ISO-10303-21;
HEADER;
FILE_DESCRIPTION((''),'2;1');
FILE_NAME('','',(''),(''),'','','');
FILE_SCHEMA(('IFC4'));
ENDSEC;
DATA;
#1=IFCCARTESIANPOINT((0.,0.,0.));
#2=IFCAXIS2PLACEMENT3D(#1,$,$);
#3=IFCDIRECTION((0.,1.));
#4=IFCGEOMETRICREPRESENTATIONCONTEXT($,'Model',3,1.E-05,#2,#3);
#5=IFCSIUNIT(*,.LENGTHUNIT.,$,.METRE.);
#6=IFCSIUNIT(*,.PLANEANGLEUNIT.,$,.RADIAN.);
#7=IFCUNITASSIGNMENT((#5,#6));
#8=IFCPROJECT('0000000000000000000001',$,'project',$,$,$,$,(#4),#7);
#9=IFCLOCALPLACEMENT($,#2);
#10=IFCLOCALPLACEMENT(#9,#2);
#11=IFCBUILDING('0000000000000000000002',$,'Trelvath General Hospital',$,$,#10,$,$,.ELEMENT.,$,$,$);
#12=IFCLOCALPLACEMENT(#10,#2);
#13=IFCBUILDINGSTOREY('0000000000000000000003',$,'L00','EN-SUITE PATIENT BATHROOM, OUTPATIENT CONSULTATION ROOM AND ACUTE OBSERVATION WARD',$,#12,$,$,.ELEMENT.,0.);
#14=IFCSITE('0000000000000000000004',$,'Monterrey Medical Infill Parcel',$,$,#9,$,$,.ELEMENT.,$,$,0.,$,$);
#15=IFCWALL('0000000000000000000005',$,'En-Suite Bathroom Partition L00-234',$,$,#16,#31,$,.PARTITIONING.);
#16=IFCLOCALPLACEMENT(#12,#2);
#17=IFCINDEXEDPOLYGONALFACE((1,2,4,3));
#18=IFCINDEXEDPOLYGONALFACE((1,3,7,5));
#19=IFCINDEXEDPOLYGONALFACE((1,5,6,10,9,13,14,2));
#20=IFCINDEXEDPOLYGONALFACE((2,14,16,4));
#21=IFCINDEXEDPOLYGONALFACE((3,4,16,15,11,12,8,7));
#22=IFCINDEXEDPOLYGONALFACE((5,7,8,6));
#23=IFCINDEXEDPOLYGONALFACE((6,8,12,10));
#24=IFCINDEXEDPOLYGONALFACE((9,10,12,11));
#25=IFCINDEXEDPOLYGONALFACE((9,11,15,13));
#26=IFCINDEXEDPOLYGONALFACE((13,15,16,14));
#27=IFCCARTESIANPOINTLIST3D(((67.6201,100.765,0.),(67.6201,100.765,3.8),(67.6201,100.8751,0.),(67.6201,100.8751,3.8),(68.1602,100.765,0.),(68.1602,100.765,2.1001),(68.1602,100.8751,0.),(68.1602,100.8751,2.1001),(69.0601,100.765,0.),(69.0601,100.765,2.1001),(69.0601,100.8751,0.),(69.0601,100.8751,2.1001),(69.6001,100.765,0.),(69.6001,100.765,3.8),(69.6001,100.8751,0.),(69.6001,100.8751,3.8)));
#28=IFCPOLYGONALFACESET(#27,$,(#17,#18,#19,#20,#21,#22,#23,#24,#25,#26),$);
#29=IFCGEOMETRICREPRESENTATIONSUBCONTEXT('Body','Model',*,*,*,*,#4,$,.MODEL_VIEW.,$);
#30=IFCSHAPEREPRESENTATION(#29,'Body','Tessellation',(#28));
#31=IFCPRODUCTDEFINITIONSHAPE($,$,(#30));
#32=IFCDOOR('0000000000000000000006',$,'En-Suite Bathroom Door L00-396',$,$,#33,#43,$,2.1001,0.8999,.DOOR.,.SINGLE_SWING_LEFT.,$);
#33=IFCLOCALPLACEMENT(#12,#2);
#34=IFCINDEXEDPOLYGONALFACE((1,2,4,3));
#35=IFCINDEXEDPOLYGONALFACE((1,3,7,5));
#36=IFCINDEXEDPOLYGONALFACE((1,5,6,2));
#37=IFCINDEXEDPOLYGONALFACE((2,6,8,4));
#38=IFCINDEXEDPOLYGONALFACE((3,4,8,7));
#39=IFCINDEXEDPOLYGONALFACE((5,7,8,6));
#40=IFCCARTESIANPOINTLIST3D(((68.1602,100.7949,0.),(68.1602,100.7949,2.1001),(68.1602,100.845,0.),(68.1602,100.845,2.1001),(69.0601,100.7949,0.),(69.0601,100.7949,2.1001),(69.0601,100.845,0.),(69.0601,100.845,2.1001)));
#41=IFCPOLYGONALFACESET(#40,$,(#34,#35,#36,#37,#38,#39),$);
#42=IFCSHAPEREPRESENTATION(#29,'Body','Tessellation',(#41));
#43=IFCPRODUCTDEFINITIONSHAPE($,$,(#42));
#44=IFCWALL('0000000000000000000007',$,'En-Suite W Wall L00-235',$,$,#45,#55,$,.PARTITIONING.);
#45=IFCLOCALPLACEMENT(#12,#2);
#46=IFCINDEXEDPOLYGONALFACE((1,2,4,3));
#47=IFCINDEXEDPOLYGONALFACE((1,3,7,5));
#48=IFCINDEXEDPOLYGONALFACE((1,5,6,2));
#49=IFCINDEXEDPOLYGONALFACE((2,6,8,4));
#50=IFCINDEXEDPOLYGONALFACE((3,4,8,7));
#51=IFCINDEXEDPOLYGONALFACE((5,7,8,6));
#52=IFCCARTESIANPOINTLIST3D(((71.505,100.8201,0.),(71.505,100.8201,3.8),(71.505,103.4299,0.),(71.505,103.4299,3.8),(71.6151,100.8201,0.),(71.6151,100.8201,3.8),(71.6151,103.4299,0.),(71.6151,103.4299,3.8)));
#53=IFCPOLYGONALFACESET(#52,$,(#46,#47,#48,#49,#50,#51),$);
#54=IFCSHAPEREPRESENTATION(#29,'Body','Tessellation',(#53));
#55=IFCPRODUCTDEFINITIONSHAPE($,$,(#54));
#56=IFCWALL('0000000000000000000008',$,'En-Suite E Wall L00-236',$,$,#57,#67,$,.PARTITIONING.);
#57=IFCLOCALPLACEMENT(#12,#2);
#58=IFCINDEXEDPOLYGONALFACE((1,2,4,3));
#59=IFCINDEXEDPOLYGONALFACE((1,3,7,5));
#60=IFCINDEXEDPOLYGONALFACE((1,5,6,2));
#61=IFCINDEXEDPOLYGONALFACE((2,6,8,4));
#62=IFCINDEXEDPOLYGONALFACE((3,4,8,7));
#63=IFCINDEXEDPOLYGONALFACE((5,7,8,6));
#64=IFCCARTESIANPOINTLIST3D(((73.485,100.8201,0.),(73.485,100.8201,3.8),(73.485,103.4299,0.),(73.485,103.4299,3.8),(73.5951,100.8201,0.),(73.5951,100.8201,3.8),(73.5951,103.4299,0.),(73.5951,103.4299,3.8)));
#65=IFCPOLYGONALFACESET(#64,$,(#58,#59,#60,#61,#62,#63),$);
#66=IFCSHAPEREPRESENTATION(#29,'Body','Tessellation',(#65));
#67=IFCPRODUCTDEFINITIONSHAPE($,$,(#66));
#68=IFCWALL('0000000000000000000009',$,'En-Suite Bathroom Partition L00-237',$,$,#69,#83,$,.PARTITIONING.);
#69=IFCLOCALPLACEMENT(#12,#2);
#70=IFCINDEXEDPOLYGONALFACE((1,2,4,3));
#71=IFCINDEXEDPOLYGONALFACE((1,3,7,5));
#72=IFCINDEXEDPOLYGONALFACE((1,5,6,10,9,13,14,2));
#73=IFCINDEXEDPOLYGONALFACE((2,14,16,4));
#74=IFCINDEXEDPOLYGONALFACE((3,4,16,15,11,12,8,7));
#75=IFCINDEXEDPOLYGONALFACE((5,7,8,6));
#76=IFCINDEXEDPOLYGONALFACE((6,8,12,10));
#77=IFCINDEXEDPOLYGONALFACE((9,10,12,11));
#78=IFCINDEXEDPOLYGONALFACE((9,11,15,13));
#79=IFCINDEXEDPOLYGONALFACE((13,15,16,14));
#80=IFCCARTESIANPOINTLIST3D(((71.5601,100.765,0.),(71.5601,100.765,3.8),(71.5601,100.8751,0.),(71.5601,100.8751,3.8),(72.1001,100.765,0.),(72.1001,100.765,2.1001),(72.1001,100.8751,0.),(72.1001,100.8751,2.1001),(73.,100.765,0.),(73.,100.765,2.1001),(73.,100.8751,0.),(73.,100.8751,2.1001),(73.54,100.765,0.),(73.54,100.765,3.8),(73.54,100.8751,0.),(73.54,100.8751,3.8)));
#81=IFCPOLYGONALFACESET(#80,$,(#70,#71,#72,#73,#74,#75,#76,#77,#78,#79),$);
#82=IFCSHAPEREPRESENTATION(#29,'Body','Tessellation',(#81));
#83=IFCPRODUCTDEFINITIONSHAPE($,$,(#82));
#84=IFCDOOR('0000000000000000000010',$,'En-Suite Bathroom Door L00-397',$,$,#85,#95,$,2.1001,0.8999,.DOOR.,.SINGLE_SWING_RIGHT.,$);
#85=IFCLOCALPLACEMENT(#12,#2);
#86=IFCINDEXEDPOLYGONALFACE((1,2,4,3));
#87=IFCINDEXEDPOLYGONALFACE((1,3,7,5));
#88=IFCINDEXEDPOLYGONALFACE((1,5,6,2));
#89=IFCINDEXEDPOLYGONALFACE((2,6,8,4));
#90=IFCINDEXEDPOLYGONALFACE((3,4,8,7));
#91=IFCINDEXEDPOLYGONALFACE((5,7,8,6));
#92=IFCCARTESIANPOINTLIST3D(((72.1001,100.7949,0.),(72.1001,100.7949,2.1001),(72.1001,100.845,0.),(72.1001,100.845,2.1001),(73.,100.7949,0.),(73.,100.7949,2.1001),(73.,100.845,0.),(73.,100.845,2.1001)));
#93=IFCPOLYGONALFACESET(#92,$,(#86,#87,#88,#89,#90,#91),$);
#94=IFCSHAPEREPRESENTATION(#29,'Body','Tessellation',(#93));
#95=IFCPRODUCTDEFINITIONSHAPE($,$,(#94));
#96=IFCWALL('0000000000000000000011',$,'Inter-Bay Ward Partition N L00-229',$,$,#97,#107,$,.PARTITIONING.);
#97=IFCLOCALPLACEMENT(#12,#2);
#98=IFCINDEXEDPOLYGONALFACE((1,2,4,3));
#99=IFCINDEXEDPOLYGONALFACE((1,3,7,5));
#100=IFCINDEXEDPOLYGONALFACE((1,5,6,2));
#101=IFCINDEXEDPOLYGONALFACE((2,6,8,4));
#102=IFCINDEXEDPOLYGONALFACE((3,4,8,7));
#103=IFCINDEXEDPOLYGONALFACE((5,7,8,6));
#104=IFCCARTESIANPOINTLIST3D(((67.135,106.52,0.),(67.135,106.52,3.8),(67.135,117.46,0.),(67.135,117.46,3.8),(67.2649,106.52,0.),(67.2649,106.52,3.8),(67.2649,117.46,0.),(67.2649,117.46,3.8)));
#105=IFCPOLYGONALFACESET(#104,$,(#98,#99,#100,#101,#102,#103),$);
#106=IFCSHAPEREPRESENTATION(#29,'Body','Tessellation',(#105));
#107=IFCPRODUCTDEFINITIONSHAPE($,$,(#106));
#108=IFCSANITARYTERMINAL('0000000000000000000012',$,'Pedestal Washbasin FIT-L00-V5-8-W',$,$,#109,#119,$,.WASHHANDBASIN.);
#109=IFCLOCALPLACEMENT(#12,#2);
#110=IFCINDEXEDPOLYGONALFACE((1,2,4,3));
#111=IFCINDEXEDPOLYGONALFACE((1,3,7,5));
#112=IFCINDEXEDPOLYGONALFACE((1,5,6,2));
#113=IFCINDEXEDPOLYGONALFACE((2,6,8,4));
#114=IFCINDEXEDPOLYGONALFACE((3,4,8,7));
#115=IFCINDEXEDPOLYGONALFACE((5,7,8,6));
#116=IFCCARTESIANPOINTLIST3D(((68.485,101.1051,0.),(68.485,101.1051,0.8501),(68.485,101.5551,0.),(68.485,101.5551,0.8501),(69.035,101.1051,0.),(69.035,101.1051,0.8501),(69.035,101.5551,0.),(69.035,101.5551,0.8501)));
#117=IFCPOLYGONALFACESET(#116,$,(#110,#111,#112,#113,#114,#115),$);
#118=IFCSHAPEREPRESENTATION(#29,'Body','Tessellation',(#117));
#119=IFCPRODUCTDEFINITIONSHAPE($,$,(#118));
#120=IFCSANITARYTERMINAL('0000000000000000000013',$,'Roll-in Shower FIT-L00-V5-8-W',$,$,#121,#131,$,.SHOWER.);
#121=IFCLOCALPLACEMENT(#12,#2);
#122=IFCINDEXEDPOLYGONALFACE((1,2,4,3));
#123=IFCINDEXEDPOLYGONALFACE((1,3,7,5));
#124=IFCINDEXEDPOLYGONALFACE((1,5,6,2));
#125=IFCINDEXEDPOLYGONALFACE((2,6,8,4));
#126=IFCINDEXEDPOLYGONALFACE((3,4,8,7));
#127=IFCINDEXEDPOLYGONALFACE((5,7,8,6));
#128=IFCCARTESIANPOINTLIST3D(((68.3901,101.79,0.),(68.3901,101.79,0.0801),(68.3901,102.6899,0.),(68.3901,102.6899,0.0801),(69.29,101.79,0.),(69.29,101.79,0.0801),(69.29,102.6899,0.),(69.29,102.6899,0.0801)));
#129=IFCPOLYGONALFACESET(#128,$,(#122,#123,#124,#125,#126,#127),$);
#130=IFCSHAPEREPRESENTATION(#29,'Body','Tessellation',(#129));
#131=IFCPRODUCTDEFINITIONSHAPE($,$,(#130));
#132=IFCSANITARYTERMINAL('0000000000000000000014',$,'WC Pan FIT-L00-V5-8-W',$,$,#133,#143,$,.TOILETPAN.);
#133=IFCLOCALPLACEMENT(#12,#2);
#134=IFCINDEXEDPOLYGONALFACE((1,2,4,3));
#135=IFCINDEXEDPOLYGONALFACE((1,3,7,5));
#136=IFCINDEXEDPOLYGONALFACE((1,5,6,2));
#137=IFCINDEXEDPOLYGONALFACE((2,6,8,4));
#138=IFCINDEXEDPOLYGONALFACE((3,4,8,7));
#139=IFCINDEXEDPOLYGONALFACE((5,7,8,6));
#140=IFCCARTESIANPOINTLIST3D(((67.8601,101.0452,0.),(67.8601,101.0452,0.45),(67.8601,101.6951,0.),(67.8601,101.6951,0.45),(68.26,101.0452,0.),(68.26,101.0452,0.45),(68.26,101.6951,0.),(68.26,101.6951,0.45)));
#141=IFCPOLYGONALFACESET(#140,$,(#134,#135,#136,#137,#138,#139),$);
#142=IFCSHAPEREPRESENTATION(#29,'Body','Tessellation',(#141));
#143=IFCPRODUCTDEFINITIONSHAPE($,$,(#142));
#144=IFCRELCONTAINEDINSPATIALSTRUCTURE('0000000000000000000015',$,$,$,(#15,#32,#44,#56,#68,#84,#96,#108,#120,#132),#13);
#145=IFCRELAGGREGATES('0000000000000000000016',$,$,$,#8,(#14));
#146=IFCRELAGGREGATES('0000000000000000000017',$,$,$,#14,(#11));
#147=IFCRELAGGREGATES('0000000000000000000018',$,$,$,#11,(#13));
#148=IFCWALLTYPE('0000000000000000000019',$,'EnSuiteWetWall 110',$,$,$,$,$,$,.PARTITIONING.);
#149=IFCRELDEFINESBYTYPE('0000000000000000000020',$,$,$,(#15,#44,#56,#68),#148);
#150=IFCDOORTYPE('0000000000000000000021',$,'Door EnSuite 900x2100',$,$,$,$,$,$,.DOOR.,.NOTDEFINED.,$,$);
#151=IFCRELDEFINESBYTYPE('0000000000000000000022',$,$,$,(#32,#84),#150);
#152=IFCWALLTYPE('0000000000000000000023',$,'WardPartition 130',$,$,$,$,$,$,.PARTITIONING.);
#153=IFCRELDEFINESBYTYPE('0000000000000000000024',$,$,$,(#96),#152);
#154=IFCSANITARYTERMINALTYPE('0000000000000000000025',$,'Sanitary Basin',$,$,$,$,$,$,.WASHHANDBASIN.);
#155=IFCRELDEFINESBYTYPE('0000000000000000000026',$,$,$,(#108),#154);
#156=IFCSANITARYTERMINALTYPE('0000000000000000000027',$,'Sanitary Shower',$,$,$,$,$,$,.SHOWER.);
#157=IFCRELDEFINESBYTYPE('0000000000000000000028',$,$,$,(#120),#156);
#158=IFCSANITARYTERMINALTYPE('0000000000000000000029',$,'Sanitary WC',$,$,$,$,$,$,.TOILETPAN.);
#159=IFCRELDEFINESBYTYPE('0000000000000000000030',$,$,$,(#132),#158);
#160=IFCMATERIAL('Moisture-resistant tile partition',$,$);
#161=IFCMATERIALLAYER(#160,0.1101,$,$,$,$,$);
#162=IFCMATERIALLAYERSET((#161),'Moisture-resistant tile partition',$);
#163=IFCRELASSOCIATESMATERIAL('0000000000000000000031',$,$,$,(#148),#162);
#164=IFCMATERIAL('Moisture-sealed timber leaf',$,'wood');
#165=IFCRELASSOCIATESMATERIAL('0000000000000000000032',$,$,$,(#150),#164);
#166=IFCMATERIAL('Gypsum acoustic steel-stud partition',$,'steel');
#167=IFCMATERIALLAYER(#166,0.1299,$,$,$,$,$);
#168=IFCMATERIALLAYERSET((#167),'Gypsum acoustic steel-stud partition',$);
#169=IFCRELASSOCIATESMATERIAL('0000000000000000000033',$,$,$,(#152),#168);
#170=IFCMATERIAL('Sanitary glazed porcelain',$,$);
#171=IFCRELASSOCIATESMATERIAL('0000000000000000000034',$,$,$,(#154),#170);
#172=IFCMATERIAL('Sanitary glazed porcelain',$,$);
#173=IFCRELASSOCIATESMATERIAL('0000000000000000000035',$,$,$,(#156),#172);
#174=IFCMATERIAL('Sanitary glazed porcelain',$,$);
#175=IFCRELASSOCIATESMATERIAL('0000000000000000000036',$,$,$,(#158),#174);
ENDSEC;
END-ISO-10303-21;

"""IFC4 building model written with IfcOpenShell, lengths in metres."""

from ifc_helpers import new_model, si_unit, direction, frame, frame_2d, origin, origin_2d, place, context, subcontext, project, spatial, rectangle, extrude, material, layer, layer_set, type_object, element, fill, save


model = new_model("IFC4")

# Units and contexts
model_context = context("Model", 3, precision=1e-05, world=origin(), true_north=direction((0.0, 1.0)))
body_context = subcontext(model_context, "Body", "Model", "MODEL_VIEW")
ifc_project = project(units=[si_unit("LENGTHUNIT", "METRE"), si_unit("PLANEANGLEUNIT", "RADIAN")], contexts=[model_context])

# Site, building, storey
site_placement = place(None, origin())
site = spatial("IfcSite", under=ifc_project, at=site_placement, Name="Monterrey Medical Infill Parcel", CompositionType="ELEMENT", RefElevation=0.0)
building_placement = place(site_placement, origin())
building = spatial("IfcBuilding", under=site, at=building_placement, Name="Trelvath General Hospital", CompositionType="ELEMENT")
storey_placement = place(building_placement, origin())
storey = spatial("IfcBuildingStorey", under=building, at=storey_placement, Name="L00", Description="EN-SUITE PATIENT BATHROOM, OUTPATIENT CONSULTATION ROOM AND ACUTE OBSERVATION WARD", CompositionType="ELEMENT", Elevation=0.0)

# Shared definitions
ifc_material_1 = material(Name="Moisture-resistant tile partition")
ifc_layer_1 = layer(ifc_material_1, 0.1101)
ifc_layer_set_1 = layer_set([ifc_layer_1], Name="Moisture-resistant tile partition")
wall_type_1 = type_object("IfcWallType", Name="EnSuiteWetWall 110", PredefinedType="PARTITIONING", material=ifc_layer_set_1)

# Wall, opening, door
wall_1_placement = place(storey_placement, frame((67.6201, 100.8201, 0.0), z_axis=(0.0, 0.0, 1.0), x_axis=(1.0, 0.0, 0.0)))
wall_1 = element("IfcWall", 1, at=wall_1_placement, inside=storey, type_object=wall_type_1, Name="En-Suite Bathroom Partition L00-234", PredefinedType="PARTITIONING", context=body_context, shape_type="SweptSolid", body=[
    extrude(rectangle(XDim=1.98, YDim=0.1101, at=frame_2d((0.99, 0.0))), origin(), (0.0, 0.0, 1.0), 3.8),
])
opening_1_placement = place(wall_1_placement, frame((0.54, 0.0, 0.0)))
opening_1 = element("IfcOpeningElement", 2, at=opening_1_placement, cuts=wall_1, PredefinedType="OPENING", context=body_context, shape_type="SweptSolid", body=[
    extrude(rectangle(XDim=0.8999, YDim=2.1001, at=frame_2d((0.45, 1.05))), frame((0.0, 0.0649, 0.0), z_axis=(0.0, -1.0, 0.0), x_axis=(1.0, 0.0, 0.0)), (0.0, 0.0, 1.0), 0.1301),
])
ifc_material_2 = material(Name="Moisture-sealed timber leaf", Category="wood")
door_type_1 = type_object("IfcDoorType", Name="Door EnSuite 900x2100", OperationType="NOTDEFINED", PredefinedType="DOOR", material=ifc_material_2)
door_1_placement = place(opening_1_placement, origin())
door_1 = element("IfcDoor", 3, at=door_1_placement, inside=storey, type_object=door_type_1, Name="En-Suite Bathroom Door L00-396", OperationType="SINGLE_SWING_LEFT", OverallHeight=2.1001, OverallWidth=0.8999, PredefinedType="DOOR", context=body_context, shape_type="SweptSolid", body=[
    extrude(rectangle(XDim=0.8999, YDim=2.1001, at=frame_2d((0.45, 1.05))), frame((0.0, 0.0249, 0.0), z_axis=(0.0, -1.0, 0.0), x_axis=(1.0, 0.0, 0.0)), (0.0, 0.0, 1.0), 0.05),
])
fill(opening_1, door_1)

# Walls
for number, where, z_axis, x_axis, name in (
    (4, (71.5601, 100.8201, 0.0), (0.0, 0.0, 1.0), (0.0, 1.0, 0.0), "En-Suite W Wall L00-235"),
    (5, (73.54, 100.8201, 0.0), (0.0, 0.0, 1.0), (0.0, 1.0, 0.0), "En-Suite E Wall L00-236"),
):
    element("IfcWall", number, at=place(storey_placement, frame(where, z_axis=z_axis, x_axis=x_axis)), inside=storey, type_object=wall_type_1, Name=name, PredefinedType="PARTITIONING", context=body_context, shape_type="SweptSolid", body=[
        extrude(rectangle(XDim=2.6099, YDim=0.1101, at=frame_2d((1.3049, 0.0))), origin(), (0.0, 0.0, 1.0), 3.8),
    ])

# Wall, opening, door
wall_2_placement = place(storey_placement, frame((71.5601, 100.8201, 0.0), z_axis=(0.0, 0.0, 1.0), x_axis=(1.0, 0.0, 0.0)))
wall_2 = element("IfcWall", 6, at=wall_2_placement, inside=storey, type_object=wall_type_1, Name="En-Suite Bathroom Partition L00-237", PredefinedType="PARTITIONING", context=body_context, shape_type="SweptSolid", body=[
    extrude(rectangle(XDim=1.98, YDim=0.1101, at=frame_2d((0.99, 0.0))), origin(), (0.0, 0.0, 1.0), 3.8),
])
opening_2_placement = place(wall_2_placement, frame((0.54, 0.0, 0.0)))
opening_2 = element("IfcOpeningElement", 7, at=opening_2_placement, cuts=wall_2, PredefinedType="OPENING", context=body_context, shape_type="SweptSolid", body=[
    extrude(rectangle(XDim=0.8999, YDim=2.1001, at=frame_2d((0.45, 1.05))), frame((0.0, 0.0649, 0.0), z_axis=(0.0, -1.0, 0.0), x_axis=(1.0, 0.0, 0.0)), (0.0, 0.0, 1.0), 0.1301),
])
door_2_placement = place(opening_2_placement, origin())
door_2 = element("IfcDoor", 8, at=door_2_placement, inside=storey, type_object=door_type_1, Name="En-Suite Bathroom Door L00-397", OperationType="SINGLE_SWING_RIGHT", OverallHeight=2.1001, OverallWidth=0.8999, PredefinedType="DOOR", context=body_context, shape_type="SweptSolid", body=[
    extrude(rectangle(XDim=0.8999, YDim=2.1001, at=frame_2d((0.45, 1.05))), frame((0.0, 0.0249, 0.0), z_axis=(0.0, -1.0, 0.0), x_axis=(1.0, 0.0, 0.0)), (0.0, 0.0, 1.0), 0.05),
])
fill(opening_2, door_2)

# Wall
ifc_material_3 = material(Name="Gypsum acoustic steel-stud partition", Category="steel")
ifc_layer_2 = layer(ifc_material_3, 0.1299)
ifc_layer_set_2 = layer_set([ifc_layer_2], Name="Gypsum acoustic steel-stud partition")
wall_type_2 = type_object("IfcWallType", Name="WardPartition 130", PredefinedType="PARTITIONING", material=ifc_layer_set_2)
wall_3_placement = place(storey_placement, frame((67.2, 106.52, 0.0), z_axis=(0.0, 0.0, 1.0), x_axis=(0.0, 1.0, 0.0)))
element("IfcWall", 9, at=wall_3_placement, inside=storey, type_object=wall_type_2, Name="Inter-Bay Ward Partition N L00-229", PredefinedType="PARTITIONING", context=body_context, shape_type="SweptSolid", body=[
    extrude(rectangle(XDim=10.9399, YDim=0.1299, at=frame_2d((5.47, 0.0))), origin(), (0.0, 0.0, 1.0), 3.8),
])

# Sanitary terminals
ifc_material_4 = material(Name="Sanitary glazed porcelain")
sanitary_terminal_type_1 = type_object("IfcSanitaryTerminalType", Name="Sanitary Basin", PredefinedType="WASHHANDBASIN", material=ifc_material_4)
sanitary_terminal_1_placement = place(storey_placement, frame((68.76, 101.3301, 0.0), z_axis=(0.0, 0.0, 1.0), x_axis=(1.0, 0.0, 0.0)))
element("IfcSanitaryTerminal", 10, at=sanitary_terminal_1_placement, inside=storey, type_object=sanitary_terminal_type_1, Name="Pedestal Washbasin FIT-L00-V5-8-W", PredefinedType="WASHHANDBASIN", context=body_context, shape_type="SweptSolid", body=[
    extrude(rectangle(XDim=0.55, YDim=0.45, at=origin_2d()), origin(), (0.0, 0.0, 1.0), 0.8501),
])
ifc_material_5 = material(Name="Sanitary glazed porcelain")
sanitary_terminal_type_2 = type_object("IfcSanitaryTerminalType", Name="Sanitary Shower", PredefinedType="SHOWER", material=ifc_material_5)
sanitary_terminal_2_placement = place(storey_placement, frame((68.8401, 102.24, 0.0), z_axis=(0.0, 0.0, 1.0), x_axis=(1.0, 0.0, 0.0)))
element("IfcSanitaryTerminal", 11, at=sanitary_terminal_2_placement, inside=storey, type_object=sanitary_terminal_type_2, Name="Roll-in Shower FIT-L00-V5-8-W", PredefinedType="SHOWER", context=body_context, shape_type="SweptSolid", body=[
    extrude(rectangle(XDim=0.8999, YDim=0.8999, at=origin_2d()), origin(), (0.0, 0.0, 1.0), 0.0801),
])
ifc_material_6 = material(Name="Sanitary glazed porcelain")
sanitary_terminal_type_3 = type_object("IfcSanitaryTerminalType", Name="Sanitary WC", PredefinedType="TOILETPAN", material=ifc_material_6)
sanitary_terminal_3_placement = place(storey_placement, frame((68.0601, 101.3701, 0.0), z_axis=(0.0, 0.0, 1.0), x_axis=(1.0, 0.0, 0.0)))
element("IfcSanitaryTerminal", 12, at=sanitary_terminal_3_placement, inside=storey, type_object=sanitary_terminal_type_3, Name="WC Pan FIT-L00-V5-8-W", PredefinedType="TOILETPAN", context=body_context, shape_type="SweptSolid", body=[
    extrude(rectangle(XDim=0.3999, YDim=0.6499, at=origin_2d()), origin(), (0.0, 0.0, 1.0), 0.45),
])

save(model, "model.ifc")
